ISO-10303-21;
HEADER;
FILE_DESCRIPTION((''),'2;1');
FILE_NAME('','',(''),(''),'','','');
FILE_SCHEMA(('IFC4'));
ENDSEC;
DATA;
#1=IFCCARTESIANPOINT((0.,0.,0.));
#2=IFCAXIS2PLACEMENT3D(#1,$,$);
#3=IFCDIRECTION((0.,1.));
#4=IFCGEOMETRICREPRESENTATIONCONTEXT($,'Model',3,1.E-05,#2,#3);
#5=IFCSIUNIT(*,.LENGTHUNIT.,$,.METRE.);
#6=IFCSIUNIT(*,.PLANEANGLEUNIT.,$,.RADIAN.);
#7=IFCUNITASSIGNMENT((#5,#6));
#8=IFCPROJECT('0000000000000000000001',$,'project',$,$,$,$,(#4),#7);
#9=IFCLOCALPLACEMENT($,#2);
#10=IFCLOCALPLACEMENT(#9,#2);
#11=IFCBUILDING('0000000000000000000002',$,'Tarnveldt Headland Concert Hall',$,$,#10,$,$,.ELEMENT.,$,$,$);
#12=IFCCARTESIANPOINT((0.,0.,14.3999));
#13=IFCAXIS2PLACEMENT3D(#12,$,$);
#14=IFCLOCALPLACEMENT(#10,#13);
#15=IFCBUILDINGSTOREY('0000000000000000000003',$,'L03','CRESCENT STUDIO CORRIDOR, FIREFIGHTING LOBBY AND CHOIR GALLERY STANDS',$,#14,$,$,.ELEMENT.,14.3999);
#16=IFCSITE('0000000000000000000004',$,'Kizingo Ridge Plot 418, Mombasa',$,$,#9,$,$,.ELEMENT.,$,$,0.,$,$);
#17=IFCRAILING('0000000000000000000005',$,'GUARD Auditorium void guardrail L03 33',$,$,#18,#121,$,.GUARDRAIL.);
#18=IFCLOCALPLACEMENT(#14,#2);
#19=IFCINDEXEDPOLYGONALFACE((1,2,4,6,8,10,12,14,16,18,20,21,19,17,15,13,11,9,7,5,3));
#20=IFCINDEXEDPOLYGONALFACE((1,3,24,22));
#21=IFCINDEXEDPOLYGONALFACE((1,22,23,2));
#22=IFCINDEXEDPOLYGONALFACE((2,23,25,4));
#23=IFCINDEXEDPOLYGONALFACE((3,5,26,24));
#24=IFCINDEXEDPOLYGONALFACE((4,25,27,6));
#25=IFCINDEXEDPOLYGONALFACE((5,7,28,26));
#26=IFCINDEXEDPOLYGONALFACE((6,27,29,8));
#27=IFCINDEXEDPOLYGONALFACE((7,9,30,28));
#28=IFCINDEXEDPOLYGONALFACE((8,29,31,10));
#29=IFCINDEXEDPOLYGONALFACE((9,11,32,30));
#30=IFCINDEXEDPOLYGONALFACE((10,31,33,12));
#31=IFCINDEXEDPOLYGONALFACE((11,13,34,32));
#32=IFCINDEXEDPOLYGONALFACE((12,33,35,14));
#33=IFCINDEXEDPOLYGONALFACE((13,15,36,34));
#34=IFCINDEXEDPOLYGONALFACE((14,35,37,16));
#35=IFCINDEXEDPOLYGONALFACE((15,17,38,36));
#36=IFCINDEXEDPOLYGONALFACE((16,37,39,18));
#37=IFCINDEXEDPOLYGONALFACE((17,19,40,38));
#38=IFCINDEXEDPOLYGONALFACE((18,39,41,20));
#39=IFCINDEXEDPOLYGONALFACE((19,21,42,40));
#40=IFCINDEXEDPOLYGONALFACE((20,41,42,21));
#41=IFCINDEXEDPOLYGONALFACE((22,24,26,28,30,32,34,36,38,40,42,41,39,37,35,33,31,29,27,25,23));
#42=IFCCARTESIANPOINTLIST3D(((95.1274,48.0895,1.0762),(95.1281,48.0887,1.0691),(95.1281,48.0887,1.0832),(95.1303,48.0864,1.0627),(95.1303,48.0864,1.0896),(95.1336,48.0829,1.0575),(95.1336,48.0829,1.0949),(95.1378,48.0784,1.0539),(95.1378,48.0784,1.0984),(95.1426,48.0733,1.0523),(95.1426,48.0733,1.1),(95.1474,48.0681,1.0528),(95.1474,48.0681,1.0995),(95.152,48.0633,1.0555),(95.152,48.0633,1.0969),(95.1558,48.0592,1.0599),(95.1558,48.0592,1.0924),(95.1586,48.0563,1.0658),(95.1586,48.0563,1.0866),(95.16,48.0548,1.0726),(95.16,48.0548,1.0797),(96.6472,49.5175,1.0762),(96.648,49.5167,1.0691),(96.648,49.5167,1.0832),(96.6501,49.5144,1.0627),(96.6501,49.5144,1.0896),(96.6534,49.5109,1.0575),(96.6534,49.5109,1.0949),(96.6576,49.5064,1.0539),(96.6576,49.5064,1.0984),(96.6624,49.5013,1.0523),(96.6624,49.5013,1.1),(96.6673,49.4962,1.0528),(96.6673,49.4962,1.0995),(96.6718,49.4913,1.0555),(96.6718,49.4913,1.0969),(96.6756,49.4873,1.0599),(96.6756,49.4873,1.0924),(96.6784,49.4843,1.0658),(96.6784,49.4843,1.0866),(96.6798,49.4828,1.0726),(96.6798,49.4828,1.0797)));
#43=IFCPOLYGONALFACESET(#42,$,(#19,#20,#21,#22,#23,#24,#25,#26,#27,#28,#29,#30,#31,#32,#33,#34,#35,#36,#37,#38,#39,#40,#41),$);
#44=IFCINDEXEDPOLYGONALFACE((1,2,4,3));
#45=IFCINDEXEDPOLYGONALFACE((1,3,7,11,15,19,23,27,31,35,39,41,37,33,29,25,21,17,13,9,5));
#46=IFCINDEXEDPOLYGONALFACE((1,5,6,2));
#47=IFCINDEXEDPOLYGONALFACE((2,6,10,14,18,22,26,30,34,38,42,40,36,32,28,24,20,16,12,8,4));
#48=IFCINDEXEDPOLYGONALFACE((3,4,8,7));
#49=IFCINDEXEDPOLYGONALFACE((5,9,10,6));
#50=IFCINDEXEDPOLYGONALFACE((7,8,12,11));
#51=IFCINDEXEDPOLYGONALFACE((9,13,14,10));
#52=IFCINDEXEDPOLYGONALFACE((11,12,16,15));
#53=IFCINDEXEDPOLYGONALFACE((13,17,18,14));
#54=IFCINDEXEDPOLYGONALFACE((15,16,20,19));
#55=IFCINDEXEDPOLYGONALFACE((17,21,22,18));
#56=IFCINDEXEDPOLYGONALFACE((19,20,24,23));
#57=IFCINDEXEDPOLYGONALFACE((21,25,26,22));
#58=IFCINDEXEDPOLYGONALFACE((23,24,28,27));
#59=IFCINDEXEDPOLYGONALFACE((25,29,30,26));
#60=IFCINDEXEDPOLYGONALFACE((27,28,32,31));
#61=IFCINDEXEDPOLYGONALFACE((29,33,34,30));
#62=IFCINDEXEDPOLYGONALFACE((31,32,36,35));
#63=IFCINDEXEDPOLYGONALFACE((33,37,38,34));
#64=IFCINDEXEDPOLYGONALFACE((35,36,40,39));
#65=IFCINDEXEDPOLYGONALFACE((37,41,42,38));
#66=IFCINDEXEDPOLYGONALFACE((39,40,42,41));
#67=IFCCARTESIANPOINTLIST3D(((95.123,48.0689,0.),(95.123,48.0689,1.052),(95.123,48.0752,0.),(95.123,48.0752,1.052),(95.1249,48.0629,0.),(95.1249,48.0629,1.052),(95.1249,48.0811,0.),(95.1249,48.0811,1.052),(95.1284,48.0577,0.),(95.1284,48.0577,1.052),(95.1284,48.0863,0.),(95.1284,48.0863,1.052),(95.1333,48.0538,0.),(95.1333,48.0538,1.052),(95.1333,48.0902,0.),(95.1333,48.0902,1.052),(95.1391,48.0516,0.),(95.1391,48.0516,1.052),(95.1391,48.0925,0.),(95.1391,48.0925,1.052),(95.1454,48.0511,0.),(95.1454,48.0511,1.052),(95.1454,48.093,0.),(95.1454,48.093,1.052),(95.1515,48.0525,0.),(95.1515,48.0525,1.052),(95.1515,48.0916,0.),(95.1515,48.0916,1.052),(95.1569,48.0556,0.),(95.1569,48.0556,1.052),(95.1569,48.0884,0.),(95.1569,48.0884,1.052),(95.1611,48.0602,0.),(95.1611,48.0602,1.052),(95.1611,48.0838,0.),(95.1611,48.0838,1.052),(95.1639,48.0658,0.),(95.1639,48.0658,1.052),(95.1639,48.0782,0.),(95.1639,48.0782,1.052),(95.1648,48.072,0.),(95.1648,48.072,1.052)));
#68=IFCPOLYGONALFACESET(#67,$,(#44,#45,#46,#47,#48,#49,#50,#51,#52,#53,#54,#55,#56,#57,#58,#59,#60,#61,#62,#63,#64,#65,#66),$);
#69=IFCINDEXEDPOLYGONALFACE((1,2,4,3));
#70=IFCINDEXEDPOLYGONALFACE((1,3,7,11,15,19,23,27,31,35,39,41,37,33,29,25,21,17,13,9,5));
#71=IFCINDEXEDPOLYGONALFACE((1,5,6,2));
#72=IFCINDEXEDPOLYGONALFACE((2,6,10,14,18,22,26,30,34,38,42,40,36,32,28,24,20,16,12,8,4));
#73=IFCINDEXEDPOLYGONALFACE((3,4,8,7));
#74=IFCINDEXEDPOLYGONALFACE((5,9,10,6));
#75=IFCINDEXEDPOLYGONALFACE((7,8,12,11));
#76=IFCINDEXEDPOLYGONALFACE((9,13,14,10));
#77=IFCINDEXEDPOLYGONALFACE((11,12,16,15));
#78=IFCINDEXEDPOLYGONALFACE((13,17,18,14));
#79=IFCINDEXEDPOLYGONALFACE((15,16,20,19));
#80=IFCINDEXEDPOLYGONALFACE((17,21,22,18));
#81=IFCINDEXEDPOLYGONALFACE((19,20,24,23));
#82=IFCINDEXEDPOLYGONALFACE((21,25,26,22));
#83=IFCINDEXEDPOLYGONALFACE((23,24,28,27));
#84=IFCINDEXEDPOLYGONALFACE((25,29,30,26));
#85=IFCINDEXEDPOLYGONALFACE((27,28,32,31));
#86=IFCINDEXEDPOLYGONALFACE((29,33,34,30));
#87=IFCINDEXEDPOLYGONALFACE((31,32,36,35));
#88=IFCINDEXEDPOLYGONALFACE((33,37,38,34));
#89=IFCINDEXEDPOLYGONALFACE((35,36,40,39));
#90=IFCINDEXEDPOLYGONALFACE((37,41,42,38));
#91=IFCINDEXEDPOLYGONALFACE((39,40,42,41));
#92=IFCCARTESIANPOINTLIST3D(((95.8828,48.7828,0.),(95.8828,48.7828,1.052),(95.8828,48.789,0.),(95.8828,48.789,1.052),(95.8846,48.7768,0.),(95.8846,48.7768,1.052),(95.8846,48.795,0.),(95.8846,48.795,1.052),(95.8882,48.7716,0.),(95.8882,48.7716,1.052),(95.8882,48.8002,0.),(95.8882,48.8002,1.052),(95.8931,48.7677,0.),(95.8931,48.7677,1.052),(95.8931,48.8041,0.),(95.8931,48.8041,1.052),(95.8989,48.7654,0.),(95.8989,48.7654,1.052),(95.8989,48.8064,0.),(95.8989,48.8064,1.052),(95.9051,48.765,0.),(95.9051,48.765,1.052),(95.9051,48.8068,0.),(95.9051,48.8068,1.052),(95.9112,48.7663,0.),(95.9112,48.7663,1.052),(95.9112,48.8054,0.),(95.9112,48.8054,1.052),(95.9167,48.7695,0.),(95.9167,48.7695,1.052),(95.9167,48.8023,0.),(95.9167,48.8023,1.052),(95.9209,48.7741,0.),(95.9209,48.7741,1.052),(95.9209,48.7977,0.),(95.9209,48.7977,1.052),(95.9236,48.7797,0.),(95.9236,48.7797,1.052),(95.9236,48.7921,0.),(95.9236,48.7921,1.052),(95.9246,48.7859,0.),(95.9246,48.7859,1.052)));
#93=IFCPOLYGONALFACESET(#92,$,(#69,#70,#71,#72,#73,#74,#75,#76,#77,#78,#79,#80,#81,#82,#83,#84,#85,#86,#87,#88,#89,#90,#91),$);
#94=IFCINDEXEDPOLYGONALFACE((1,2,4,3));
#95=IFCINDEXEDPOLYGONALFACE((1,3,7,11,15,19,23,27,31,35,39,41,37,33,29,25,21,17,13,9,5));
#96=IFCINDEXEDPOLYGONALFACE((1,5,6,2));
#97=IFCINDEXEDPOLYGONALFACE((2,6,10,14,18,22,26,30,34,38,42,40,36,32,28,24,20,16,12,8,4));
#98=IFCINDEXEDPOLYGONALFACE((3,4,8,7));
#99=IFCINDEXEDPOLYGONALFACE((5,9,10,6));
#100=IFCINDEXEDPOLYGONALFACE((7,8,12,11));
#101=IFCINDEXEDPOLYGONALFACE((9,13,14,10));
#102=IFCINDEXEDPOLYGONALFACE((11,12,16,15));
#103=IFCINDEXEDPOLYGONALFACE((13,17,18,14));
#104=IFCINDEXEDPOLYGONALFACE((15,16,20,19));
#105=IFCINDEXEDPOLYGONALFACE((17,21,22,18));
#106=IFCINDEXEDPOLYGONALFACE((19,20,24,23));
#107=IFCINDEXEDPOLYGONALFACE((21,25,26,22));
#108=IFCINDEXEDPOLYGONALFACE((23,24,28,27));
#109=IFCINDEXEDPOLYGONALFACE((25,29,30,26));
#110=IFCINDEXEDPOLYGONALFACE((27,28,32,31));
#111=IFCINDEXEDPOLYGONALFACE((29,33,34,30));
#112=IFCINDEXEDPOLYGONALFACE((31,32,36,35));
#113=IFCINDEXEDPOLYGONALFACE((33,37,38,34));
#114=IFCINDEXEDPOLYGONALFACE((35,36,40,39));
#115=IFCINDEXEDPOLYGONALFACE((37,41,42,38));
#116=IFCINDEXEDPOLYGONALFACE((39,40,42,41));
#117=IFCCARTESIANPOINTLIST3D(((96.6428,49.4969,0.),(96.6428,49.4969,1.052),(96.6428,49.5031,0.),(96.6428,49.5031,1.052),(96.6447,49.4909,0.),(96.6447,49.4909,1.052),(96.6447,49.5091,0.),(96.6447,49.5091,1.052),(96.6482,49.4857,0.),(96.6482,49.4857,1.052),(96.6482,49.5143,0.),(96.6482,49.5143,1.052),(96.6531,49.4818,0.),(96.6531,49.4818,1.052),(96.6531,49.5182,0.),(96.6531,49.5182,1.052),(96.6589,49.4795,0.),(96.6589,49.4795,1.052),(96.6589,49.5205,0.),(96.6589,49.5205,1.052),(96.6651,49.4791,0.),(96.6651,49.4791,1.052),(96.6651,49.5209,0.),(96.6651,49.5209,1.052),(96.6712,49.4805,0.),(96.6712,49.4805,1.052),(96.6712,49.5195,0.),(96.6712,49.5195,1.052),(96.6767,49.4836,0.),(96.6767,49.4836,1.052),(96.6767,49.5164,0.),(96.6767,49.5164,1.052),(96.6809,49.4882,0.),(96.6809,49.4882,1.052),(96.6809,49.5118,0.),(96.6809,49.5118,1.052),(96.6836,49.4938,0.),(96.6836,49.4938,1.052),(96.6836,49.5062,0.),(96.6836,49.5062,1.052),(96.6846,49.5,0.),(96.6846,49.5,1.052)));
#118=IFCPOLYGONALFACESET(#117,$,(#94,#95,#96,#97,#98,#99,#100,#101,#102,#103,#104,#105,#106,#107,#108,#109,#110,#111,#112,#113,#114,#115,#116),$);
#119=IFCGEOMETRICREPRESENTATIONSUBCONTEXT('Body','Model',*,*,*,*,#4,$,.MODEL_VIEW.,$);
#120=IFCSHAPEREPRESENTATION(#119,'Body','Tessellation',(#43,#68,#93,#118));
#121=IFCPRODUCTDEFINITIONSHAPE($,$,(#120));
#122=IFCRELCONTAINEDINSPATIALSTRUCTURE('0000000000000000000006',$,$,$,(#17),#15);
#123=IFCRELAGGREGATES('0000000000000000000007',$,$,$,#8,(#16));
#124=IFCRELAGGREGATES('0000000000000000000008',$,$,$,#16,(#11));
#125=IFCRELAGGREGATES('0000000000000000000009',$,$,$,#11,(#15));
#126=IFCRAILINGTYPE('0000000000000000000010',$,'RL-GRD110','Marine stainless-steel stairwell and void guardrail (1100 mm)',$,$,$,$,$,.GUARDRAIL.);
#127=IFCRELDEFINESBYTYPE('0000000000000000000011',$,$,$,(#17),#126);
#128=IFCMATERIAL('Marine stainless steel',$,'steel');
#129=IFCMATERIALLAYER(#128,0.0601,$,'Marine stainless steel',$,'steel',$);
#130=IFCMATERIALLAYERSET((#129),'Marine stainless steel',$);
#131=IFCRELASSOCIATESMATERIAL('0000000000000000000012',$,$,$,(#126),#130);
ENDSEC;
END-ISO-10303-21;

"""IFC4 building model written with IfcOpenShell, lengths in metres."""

from ifc_helpers import new_model, si_unit, direction, frame, origin, origin_2d, place, context, subcontext, project, spatial, circle, extrude, material, layer, layer_set, type_object, element, save


model = new_model("IFC4")

# Units and contexts
model_context = context("Model", 3, precision=1e-05, world=origin(), true_north=direction((0.0, 1.0)))
body_context = subcontext(model_context, "Body", "Model", "MODEL_VIEW")
ifc_project = project(units=[si_unit("LENGTHUNIT", "METRE"), si_unit("PLANEANGLEUNIT", "RADIAN")], contexts=[model_context])

# Site, building, storey
site_placement = place(None, origin())
site = spatial("IfcSite", under=ifc_project, at=site_placement, Name="Kizingo Ridge Plot 418, Mombasa", CompositionType="ELEMENT", RefElevation=0.0)
building_placement = place(site_placement, origin())
building = spatial("IfcBuilding", under=site, at=building_placement, Name="Tarnveldt Headland Concert Hall", CompositionType="ELEMENT")
storey_placement = place(building_placement, frame((0.0, 0.0, 14.3999)))
storey = spatial("IfcBuildingStorey", under=building, at=storey_placement, Name="L03", Description="CRESCENT STUDIO CORRIDOR, FIREFIGHTING LOBBY AND CHOIR GALLERY STANDS", CompositionType="ELEMENT", Elevation=14.3999)

# Railing
ifc_material_1 = material(Name="Marine stainless steel", Category="steel")
ifc_layer_1 = layer(ifc_material_1, 0.0601, Name="Marine stainless steel", Category="steel")
ifc_layer_set_1 = layer_set([ifc_layer_1], Name="Marine stainless steel")
railing_type_1 = type_object("IfcRailingType", Name="RL-GRD110", Description="Marine stainless-steel stairwell and void guardrail (1100 mm)", PredefinedType="GUARDRAIL", material=ifc_layer_set_1)
railing_1_placement = place(storey_placement, frame((95.1438, 48.072, 0.0)))
element("IfcRailing", 1, at=railing_1_placement, inside=storey, type_object=railing_type_1, Name="GUARD Auditorium void guardrail L03 33", PredefinedType="GUARDRAIL", context=body_context, shape_type="SweptSolid", body=[
    extrude(circle(Radius=0.0239, at=origin_2d()), frame((0.0, 0.0, 1.0762), z_axis=(0.728774, 0.684755, 0.0), x_axis=(-0.684755, 0.728774, 0.0)), (0.0, 0.0, 1.0), 2.0854),
    extrude(circle(Radius=0.021, at=origin_2d()), origin(), (0.0, 0.0, 1.0), 1.052),
    extrude(circle(Radius=0.021, at=origin_2d()), frame((0.7598, 0.7139, 0.0)), (0.0, 0.0, 1.0), 1.052),
    extrude(circle(Radius=0.021, at=origin_2d()), frame((1.5198, 1.428, 0.0)), (0.0, 0.0, 1.0), 1.052),
])

save(model, "model.ifc")
